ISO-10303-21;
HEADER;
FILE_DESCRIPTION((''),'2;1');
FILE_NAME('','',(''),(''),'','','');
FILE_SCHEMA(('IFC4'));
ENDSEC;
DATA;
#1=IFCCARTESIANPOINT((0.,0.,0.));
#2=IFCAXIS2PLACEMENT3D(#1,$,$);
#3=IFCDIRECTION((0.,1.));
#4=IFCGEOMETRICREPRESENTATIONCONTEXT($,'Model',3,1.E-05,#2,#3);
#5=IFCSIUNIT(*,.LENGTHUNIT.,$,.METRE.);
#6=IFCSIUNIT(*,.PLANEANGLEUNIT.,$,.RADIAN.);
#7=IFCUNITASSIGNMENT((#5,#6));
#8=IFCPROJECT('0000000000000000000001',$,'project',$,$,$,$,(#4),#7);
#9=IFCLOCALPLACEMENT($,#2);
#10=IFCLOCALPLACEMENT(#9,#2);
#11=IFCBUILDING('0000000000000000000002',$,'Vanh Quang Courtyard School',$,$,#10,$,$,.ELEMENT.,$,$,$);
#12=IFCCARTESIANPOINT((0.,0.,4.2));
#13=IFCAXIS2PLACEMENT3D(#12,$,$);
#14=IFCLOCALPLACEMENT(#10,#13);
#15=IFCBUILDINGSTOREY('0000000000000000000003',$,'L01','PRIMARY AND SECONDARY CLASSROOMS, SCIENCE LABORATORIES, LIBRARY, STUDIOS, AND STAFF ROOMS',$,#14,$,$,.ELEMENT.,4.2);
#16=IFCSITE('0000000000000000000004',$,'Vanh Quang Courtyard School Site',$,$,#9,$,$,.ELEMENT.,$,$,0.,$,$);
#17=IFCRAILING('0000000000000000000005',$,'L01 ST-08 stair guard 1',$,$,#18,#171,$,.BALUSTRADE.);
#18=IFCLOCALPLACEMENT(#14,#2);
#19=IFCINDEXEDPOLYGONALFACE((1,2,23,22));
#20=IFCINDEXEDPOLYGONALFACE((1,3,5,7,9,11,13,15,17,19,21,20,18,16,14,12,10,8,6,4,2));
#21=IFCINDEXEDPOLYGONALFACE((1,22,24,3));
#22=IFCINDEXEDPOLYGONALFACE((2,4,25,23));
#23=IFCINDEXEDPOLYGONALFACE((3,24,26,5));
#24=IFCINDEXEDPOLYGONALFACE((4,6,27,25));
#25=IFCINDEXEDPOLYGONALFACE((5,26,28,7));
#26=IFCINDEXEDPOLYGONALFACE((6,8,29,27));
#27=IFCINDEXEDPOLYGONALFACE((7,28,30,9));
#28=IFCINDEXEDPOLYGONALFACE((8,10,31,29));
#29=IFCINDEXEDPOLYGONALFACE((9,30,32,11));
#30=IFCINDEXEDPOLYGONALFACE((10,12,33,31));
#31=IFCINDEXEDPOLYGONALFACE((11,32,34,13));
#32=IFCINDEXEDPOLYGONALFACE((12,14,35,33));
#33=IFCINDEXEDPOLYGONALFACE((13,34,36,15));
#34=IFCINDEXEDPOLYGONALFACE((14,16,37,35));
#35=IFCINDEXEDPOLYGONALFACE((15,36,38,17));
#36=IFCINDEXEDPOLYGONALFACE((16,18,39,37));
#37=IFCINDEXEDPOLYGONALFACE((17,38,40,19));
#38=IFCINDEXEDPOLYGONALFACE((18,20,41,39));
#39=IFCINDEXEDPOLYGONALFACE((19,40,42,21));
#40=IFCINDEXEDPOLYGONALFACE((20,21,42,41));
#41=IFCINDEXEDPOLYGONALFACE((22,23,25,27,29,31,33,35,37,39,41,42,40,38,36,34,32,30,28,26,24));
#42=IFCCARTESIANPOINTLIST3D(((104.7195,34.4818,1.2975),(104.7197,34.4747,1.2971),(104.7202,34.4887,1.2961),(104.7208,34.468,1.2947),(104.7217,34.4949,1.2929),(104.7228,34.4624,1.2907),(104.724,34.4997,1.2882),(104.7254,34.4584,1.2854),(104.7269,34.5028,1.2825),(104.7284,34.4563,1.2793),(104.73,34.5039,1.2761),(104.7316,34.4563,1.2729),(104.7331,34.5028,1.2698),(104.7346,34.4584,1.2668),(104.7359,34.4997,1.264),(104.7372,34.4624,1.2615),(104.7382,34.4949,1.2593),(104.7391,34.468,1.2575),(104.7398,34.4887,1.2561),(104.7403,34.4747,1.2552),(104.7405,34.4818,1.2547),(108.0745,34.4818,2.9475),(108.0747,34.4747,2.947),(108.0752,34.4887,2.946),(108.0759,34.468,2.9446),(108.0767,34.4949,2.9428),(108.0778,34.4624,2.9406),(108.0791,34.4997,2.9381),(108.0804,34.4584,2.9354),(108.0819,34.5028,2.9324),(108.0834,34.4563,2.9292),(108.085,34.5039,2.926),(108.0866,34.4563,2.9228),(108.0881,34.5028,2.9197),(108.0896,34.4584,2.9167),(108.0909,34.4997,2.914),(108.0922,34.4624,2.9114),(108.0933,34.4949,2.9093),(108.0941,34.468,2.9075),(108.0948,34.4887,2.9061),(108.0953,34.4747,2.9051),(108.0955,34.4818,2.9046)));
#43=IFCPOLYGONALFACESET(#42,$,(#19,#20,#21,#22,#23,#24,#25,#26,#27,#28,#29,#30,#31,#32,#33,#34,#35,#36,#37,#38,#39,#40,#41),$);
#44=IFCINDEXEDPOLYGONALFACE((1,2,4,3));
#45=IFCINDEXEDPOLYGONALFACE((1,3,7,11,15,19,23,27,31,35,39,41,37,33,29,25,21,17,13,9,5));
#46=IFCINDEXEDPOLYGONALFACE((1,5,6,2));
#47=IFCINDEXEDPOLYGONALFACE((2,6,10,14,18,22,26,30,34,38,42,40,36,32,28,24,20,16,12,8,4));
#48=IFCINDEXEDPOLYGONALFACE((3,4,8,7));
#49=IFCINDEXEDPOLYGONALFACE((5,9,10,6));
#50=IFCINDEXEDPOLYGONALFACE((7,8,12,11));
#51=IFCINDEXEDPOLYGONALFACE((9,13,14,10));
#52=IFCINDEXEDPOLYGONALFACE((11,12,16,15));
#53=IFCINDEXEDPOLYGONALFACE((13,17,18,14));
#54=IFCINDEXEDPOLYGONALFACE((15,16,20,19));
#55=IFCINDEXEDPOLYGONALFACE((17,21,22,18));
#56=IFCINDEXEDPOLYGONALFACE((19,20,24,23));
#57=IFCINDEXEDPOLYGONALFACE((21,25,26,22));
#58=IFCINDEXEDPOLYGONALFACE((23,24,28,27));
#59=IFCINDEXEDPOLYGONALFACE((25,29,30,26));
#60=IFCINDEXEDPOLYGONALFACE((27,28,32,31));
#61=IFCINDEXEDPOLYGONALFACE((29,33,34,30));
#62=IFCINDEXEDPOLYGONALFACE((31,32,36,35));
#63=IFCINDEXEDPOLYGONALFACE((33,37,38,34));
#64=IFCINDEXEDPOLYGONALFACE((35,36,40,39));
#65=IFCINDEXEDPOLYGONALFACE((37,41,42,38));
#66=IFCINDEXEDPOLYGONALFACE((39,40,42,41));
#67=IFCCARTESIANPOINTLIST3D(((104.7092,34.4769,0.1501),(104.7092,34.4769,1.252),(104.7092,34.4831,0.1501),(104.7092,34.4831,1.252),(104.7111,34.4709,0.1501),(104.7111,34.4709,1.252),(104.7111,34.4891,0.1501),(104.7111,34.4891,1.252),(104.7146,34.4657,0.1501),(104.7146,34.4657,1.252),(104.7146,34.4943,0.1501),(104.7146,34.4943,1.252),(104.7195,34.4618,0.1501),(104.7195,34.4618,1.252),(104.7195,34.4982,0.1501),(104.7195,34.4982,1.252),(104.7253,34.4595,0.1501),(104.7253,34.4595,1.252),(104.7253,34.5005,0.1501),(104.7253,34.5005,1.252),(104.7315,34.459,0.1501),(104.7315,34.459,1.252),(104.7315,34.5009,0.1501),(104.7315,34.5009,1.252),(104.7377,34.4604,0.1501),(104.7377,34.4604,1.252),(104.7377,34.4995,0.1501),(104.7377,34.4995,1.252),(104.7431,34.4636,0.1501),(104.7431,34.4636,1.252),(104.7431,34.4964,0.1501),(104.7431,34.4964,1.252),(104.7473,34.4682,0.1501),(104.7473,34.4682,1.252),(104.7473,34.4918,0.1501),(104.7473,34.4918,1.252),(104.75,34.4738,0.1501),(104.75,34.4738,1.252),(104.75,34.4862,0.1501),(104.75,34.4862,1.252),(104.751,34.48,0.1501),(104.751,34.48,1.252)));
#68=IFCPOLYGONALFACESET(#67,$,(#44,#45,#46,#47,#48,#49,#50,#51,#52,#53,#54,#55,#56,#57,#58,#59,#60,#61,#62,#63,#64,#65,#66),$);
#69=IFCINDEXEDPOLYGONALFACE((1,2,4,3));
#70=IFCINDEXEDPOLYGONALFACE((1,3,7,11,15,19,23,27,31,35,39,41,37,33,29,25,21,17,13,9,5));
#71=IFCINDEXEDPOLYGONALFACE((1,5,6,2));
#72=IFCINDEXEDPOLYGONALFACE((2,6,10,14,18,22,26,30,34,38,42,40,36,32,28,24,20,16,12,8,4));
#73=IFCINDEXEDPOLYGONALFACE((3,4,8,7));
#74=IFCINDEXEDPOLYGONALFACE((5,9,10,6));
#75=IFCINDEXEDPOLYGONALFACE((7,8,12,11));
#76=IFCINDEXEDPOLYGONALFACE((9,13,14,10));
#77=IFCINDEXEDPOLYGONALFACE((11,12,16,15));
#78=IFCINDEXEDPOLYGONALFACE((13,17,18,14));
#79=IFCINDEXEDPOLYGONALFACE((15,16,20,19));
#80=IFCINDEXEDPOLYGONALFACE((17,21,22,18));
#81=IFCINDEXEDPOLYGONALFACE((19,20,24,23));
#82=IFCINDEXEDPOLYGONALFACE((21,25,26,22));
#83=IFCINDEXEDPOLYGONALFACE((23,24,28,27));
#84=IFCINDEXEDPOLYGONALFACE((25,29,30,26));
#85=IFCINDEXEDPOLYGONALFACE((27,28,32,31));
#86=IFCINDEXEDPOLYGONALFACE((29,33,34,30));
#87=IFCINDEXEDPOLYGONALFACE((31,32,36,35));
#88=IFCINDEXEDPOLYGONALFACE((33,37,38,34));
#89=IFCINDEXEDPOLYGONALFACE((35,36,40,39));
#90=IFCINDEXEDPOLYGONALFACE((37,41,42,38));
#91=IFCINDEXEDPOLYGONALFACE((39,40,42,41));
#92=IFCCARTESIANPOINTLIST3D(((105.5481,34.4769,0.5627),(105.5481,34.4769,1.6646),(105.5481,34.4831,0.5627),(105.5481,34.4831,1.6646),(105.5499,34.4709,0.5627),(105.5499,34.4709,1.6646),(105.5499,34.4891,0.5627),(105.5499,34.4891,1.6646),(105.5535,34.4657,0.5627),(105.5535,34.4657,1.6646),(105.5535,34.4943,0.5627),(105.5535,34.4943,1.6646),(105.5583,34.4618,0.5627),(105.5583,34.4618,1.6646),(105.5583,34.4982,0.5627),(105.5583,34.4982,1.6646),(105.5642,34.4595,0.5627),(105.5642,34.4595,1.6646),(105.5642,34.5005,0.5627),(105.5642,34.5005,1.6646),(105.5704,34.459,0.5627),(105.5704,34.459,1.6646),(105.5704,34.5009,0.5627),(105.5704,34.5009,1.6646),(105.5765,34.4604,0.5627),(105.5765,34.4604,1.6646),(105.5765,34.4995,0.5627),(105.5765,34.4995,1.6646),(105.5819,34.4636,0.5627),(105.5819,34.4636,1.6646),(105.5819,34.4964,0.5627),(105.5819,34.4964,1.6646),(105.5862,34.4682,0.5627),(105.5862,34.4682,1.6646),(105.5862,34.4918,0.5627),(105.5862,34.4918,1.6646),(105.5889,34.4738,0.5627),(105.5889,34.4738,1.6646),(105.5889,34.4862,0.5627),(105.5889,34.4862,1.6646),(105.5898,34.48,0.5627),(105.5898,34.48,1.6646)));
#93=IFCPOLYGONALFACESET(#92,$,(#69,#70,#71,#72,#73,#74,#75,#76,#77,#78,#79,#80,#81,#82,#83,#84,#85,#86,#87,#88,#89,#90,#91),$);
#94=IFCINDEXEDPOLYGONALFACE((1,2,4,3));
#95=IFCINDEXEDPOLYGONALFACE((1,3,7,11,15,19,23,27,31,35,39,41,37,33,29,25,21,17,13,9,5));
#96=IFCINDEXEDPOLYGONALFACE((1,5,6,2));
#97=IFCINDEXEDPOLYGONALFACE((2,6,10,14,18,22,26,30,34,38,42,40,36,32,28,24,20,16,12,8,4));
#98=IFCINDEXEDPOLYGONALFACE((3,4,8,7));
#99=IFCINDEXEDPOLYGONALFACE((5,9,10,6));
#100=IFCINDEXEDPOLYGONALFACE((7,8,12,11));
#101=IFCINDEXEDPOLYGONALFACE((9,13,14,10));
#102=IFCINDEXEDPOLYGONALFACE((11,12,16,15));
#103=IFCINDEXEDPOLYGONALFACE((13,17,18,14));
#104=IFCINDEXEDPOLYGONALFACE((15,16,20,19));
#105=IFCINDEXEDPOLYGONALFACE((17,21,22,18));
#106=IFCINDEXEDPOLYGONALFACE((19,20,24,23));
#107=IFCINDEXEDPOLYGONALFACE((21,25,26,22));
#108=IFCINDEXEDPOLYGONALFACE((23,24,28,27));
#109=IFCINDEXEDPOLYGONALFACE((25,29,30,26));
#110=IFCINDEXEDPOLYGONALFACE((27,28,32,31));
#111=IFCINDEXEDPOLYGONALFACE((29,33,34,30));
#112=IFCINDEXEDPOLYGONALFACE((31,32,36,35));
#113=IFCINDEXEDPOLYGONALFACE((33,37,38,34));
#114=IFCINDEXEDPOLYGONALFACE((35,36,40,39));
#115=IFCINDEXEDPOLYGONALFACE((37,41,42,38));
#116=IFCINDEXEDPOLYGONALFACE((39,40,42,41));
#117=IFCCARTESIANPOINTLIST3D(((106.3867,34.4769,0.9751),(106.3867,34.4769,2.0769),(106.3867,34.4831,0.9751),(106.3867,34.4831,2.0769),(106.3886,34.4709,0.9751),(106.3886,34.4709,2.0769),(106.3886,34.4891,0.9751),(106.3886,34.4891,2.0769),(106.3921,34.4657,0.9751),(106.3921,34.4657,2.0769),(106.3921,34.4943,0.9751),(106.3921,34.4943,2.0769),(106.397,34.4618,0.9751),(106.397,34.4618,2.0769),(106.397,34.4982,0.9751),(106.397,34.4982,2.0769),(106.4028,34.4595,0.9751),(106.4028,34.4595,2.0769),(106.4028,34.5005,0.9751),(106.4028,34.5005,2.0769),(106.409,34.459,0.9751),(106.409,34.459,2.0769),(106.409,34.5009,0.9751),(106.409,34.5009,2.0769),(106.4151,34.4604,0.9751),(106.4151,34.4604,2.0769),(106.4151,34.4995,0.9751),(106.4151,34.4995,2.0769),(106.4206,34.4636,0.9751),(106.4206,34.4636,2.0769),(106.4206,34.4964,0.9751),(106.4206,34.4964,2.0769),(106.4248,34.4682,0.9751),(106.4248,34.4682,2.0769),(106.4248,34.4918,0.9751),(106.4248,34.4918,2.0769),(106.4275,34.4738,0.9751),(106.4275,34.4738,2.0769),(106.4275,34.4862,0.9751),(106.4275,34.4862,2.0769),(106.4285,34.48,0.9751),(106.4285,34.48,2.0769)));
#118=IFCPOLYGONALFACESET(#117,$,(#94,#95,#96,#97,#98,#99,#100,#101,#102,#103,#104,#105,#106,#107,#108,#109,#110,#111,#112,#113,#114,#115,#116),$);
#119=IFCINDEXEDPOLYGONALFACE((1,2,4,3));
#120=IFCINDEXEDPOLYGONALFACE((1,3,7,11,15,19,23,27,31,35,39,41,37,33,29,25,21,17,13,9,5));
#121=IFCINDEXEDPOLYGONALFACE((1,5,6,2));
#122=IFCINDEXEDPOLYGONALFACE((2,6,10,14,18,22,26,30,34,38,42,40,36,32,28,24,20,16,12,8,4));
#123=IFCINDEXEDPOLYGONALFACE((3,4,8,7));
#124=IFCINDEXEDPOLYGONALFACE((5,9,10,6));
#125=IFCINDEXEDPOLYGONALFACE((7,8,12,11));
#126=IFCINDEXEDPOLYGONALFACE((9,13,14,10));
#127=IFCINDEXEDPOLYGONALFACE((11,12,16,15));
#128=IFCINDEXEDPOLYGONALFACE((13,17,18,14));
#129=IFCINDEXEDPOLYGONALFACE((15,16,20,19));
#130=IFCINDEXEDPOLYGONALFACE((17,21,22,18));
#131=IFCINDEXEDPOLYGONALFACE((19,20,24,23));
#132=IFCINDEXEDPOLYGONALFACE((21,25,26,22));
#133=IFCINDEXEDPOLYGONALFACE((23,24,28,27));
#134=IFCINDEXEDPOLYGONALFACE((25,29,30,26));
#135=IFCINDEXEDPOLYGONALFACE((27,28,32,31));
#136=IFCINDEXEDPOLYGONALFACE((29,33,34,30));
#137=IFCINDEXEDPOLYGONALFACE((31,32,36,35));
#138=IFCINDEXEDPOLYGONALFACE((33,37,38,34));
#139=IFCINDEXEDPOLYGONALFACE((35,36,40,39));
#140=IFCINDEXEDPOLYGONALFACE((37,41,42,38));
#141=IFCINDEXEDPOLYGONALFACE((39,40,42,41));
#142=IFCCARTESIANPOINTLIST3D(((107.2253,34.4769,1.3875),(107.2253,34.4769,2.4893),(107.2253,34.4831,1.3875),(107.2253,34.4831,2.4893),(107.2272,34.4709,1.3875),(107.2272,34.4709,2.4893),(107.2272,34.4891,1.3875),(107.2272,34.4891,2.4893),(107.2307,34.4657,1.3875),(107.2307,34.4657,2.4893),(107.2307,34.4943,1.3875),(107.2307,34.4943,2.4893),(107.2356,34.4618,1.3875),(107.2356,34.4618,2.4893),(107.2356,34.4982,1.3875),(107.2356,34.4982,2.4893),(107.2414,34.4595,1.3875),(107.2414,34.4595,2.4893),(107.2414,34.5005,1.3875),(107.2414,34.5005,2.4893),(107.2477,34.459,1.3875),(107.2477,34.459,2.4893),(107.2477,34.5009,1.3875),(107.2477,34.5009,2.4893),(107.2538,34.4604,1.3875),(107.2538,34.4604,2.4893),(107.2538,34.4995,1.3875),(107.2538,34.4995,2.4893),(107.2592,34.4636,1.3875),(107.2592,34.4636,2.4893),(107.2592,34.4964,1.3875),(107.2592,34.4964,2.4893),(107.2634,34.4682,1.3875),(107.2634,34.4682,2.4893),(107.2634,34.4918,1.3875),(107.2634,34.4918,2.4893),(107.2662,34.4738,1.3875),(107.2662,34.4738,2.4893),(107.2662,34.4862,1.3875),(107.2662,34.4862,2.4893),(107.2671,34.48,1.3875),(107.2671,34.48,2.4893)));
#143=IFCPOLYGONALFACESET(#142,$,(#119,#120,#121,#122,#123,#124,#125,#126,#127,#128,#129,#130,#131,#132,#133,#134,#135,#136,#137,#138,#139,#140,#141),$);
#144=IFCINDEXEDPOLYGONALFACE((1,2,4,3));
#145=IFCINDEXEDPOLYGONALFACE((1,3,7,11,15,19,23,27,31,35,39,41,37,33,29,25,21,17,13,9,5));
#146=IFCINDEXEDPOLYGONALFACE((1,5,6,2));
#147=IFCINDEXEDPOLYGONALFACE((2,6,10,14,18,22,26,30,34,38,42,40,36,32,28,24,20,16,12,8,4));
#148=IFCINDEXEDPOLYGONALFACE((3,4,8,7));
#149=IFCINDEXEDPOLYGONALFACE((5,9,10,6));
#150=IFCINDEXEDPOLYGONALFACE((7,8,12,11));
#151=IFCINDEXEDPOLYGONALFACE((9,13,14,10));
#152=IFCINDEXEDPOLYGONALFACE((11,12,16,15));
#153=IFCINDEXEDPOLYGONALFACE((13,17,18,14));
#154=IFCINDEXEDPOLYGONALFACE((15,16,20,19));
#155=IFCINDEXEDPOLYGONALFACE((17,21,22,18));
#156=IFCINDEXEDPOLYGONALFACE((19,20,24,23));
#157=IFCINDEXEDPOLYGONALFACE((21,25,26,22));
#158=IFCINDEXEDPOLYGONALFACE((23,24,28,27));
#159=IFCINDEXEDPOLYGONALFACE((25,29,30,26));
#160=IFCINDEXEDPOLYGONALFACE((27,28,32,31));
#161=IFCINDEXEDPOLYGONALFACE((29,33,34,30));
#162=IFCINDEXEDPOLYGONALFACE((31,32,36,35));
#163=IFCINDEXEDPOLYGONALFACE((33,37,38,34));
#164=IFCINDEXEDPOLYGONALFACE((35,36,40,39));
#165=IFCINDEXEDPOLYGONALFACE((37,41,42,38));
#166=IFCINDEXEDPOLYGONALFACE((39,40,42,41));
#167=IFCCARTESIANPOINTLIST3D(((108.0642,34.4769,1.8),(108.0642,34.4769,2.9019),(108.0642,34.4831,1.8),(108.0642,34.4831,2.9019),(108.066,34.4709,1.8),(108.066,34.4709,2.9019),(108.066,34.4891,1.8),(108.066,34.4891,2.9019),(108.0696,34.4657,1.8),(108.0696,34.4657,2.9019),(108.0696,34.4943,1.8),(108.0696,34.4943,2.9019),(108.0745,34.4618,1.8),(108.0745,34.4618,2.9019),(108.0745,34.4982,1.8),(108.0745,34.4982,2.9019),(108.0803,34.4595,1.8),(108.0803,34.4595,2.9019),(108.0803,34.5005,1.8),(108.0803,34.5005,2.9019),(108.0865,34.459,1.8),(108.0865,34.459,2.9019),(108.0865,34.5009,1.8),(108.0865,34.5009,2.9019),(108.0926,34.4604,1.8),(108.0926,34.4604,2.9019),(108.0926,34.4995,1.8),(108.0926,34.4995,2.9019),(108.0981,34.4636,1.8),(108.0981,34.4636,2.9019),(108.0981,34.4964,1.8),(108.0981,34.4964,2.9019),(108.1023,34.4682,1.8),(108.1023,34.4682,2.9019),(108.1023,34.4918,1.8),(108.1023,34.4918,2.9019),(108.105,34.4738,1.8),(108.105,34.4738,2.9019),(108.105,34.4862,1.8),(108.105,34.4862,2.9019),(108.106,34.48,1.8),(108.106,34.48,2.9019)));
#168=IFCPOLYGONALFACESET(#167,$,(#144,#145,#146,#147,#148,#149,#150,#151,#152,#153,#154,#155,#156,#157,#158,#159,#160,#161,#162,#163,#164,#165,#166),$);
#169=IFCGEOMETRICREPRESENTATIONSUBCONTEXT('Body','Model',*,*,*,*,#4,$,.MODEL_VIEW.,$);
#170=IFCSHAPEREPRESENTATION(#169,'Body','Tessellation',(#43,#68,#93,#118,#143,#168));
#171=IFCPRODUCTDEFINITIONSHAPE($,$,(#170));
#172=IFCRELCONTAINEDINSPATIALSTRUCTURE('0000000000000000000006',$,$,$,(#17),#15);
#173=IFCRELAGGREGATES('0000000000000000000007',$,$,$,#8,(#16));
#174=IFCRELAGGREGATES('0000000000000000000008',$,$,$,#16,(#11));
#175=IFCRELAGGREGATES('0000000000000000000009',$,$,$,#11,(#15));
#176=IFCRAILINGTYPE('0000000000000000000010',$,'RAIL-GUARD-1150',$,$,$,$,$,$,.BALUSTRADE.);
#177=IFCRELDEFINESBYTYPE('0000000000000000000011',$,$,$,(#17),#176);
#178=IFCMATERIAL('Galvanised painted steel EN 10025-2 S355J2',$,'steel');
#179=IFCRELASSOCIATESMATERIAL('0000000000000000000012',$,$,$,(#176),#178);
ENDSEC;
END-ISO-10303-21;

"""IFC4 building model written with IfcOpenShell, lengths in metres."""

from ifc_helpers import new_model, si_unit, direction, frame, origin, origin_2d, place, context, subcontext, project, spatial, circle, extrude, material, type_object, element, save


model = new_model("IFC4")

# Units and contexts
model_context = context("Model", 3, precision=1e-05, world=origin(), true_north=direction((0.0, 1.0)))
body_context = subcontext(model_context, "Body", "Model", "MODEL_VIEW")
ifc_project = project(units=[si_unit("LENGTHUNIT", "METRE"), si_unit("PLANEANGLEUNIT", "RADIAN")], contexts=[model_context])

# Site, building, storey
site_placement = place(None, origin())
site = spatial("IfcSite", under=ifc_project, at=site_placement, Name="Vanh Quang Courtyard School Site", CompositionType="ELEMENT", RefElevation=0.0)
building_placement = place(site_placement, origin())
building = spatial("IfcBuilding", under=site, at=building_placement, Name="Vanh Quang Courtyard School", CompositionType="ELEMENT")
storey_placement = place(building_placement, frame((0.0, 0.0, 4.2)))
storey = spatial("IfcBuildingStorey", under=building, at=storey_placement, Name="L01", Description="PRIMARY AND SECONDARY CLASSROOMS, SCIENCE LABORATORIES, LIBRARY, STUDIOS, AND STAFF ROOMS", CompositionType="ELEMENT", Elevation=4.2)

# Railing
ifc_material_1 = material(Name="Galvanised painted steel EN 10025-2 S355J2", Category="steel")
railing_type_1 = type_object("IfcRailingType", Name="RAIL-GUARD-1150", PredefinedType="BALUSTRADE", material=ifc_material_1)
railing_1_placement = place(storey_placement, frame((104.73, 34.48, 0.1501)))
element("IfcRailing", 1, at=railing_1_placement, inside=storey, type_object=railing_type_1, Name="L01 ST-08 stair guard 1", PredefinedType="BALUSTRADE", context=body_context, shape_type="SweptSolid", body=[
    extrude(circle(Radius=0.0239, at=origin_2d()), frame((0.0, 0.0, 1.126), z_axis=(0.897359, 0.0, 0.441301), x_axis=(0.0, 1.0, 0.0)), (0.0, 0.0, 1.0), 3.7388),
    extrude(circle(Radius=0.021, at=origin_2d()), origin(), (0.0, 0.0, 1.0), 1.1018),
    extrude(circle(Radius=0.021, at=origin_2d()), frame((0.8389, 0.0, 0.4126)), (0.0, 0.0, 1.0), 1.1018),
    extrude(circle(Radius=0.021, at=origin_2d()), frame((1.6775, 0.0, 0.825)), (0.0, 0.0, 1.0), 1.1018),
    extrude(circle(Radius=0.021, at=origin_2d()), frame((2.5161, 0.0, 1.2373)), (0.0, 0.0, 1.0), 1.1018),
    extrude(circle(Radius=0.021, at=origin_2d()), frame((3.355, 0.0, 1.6499)), (0.0, 0.0, 1.0), 1.1018),
])

save(model, "model.ifc")
